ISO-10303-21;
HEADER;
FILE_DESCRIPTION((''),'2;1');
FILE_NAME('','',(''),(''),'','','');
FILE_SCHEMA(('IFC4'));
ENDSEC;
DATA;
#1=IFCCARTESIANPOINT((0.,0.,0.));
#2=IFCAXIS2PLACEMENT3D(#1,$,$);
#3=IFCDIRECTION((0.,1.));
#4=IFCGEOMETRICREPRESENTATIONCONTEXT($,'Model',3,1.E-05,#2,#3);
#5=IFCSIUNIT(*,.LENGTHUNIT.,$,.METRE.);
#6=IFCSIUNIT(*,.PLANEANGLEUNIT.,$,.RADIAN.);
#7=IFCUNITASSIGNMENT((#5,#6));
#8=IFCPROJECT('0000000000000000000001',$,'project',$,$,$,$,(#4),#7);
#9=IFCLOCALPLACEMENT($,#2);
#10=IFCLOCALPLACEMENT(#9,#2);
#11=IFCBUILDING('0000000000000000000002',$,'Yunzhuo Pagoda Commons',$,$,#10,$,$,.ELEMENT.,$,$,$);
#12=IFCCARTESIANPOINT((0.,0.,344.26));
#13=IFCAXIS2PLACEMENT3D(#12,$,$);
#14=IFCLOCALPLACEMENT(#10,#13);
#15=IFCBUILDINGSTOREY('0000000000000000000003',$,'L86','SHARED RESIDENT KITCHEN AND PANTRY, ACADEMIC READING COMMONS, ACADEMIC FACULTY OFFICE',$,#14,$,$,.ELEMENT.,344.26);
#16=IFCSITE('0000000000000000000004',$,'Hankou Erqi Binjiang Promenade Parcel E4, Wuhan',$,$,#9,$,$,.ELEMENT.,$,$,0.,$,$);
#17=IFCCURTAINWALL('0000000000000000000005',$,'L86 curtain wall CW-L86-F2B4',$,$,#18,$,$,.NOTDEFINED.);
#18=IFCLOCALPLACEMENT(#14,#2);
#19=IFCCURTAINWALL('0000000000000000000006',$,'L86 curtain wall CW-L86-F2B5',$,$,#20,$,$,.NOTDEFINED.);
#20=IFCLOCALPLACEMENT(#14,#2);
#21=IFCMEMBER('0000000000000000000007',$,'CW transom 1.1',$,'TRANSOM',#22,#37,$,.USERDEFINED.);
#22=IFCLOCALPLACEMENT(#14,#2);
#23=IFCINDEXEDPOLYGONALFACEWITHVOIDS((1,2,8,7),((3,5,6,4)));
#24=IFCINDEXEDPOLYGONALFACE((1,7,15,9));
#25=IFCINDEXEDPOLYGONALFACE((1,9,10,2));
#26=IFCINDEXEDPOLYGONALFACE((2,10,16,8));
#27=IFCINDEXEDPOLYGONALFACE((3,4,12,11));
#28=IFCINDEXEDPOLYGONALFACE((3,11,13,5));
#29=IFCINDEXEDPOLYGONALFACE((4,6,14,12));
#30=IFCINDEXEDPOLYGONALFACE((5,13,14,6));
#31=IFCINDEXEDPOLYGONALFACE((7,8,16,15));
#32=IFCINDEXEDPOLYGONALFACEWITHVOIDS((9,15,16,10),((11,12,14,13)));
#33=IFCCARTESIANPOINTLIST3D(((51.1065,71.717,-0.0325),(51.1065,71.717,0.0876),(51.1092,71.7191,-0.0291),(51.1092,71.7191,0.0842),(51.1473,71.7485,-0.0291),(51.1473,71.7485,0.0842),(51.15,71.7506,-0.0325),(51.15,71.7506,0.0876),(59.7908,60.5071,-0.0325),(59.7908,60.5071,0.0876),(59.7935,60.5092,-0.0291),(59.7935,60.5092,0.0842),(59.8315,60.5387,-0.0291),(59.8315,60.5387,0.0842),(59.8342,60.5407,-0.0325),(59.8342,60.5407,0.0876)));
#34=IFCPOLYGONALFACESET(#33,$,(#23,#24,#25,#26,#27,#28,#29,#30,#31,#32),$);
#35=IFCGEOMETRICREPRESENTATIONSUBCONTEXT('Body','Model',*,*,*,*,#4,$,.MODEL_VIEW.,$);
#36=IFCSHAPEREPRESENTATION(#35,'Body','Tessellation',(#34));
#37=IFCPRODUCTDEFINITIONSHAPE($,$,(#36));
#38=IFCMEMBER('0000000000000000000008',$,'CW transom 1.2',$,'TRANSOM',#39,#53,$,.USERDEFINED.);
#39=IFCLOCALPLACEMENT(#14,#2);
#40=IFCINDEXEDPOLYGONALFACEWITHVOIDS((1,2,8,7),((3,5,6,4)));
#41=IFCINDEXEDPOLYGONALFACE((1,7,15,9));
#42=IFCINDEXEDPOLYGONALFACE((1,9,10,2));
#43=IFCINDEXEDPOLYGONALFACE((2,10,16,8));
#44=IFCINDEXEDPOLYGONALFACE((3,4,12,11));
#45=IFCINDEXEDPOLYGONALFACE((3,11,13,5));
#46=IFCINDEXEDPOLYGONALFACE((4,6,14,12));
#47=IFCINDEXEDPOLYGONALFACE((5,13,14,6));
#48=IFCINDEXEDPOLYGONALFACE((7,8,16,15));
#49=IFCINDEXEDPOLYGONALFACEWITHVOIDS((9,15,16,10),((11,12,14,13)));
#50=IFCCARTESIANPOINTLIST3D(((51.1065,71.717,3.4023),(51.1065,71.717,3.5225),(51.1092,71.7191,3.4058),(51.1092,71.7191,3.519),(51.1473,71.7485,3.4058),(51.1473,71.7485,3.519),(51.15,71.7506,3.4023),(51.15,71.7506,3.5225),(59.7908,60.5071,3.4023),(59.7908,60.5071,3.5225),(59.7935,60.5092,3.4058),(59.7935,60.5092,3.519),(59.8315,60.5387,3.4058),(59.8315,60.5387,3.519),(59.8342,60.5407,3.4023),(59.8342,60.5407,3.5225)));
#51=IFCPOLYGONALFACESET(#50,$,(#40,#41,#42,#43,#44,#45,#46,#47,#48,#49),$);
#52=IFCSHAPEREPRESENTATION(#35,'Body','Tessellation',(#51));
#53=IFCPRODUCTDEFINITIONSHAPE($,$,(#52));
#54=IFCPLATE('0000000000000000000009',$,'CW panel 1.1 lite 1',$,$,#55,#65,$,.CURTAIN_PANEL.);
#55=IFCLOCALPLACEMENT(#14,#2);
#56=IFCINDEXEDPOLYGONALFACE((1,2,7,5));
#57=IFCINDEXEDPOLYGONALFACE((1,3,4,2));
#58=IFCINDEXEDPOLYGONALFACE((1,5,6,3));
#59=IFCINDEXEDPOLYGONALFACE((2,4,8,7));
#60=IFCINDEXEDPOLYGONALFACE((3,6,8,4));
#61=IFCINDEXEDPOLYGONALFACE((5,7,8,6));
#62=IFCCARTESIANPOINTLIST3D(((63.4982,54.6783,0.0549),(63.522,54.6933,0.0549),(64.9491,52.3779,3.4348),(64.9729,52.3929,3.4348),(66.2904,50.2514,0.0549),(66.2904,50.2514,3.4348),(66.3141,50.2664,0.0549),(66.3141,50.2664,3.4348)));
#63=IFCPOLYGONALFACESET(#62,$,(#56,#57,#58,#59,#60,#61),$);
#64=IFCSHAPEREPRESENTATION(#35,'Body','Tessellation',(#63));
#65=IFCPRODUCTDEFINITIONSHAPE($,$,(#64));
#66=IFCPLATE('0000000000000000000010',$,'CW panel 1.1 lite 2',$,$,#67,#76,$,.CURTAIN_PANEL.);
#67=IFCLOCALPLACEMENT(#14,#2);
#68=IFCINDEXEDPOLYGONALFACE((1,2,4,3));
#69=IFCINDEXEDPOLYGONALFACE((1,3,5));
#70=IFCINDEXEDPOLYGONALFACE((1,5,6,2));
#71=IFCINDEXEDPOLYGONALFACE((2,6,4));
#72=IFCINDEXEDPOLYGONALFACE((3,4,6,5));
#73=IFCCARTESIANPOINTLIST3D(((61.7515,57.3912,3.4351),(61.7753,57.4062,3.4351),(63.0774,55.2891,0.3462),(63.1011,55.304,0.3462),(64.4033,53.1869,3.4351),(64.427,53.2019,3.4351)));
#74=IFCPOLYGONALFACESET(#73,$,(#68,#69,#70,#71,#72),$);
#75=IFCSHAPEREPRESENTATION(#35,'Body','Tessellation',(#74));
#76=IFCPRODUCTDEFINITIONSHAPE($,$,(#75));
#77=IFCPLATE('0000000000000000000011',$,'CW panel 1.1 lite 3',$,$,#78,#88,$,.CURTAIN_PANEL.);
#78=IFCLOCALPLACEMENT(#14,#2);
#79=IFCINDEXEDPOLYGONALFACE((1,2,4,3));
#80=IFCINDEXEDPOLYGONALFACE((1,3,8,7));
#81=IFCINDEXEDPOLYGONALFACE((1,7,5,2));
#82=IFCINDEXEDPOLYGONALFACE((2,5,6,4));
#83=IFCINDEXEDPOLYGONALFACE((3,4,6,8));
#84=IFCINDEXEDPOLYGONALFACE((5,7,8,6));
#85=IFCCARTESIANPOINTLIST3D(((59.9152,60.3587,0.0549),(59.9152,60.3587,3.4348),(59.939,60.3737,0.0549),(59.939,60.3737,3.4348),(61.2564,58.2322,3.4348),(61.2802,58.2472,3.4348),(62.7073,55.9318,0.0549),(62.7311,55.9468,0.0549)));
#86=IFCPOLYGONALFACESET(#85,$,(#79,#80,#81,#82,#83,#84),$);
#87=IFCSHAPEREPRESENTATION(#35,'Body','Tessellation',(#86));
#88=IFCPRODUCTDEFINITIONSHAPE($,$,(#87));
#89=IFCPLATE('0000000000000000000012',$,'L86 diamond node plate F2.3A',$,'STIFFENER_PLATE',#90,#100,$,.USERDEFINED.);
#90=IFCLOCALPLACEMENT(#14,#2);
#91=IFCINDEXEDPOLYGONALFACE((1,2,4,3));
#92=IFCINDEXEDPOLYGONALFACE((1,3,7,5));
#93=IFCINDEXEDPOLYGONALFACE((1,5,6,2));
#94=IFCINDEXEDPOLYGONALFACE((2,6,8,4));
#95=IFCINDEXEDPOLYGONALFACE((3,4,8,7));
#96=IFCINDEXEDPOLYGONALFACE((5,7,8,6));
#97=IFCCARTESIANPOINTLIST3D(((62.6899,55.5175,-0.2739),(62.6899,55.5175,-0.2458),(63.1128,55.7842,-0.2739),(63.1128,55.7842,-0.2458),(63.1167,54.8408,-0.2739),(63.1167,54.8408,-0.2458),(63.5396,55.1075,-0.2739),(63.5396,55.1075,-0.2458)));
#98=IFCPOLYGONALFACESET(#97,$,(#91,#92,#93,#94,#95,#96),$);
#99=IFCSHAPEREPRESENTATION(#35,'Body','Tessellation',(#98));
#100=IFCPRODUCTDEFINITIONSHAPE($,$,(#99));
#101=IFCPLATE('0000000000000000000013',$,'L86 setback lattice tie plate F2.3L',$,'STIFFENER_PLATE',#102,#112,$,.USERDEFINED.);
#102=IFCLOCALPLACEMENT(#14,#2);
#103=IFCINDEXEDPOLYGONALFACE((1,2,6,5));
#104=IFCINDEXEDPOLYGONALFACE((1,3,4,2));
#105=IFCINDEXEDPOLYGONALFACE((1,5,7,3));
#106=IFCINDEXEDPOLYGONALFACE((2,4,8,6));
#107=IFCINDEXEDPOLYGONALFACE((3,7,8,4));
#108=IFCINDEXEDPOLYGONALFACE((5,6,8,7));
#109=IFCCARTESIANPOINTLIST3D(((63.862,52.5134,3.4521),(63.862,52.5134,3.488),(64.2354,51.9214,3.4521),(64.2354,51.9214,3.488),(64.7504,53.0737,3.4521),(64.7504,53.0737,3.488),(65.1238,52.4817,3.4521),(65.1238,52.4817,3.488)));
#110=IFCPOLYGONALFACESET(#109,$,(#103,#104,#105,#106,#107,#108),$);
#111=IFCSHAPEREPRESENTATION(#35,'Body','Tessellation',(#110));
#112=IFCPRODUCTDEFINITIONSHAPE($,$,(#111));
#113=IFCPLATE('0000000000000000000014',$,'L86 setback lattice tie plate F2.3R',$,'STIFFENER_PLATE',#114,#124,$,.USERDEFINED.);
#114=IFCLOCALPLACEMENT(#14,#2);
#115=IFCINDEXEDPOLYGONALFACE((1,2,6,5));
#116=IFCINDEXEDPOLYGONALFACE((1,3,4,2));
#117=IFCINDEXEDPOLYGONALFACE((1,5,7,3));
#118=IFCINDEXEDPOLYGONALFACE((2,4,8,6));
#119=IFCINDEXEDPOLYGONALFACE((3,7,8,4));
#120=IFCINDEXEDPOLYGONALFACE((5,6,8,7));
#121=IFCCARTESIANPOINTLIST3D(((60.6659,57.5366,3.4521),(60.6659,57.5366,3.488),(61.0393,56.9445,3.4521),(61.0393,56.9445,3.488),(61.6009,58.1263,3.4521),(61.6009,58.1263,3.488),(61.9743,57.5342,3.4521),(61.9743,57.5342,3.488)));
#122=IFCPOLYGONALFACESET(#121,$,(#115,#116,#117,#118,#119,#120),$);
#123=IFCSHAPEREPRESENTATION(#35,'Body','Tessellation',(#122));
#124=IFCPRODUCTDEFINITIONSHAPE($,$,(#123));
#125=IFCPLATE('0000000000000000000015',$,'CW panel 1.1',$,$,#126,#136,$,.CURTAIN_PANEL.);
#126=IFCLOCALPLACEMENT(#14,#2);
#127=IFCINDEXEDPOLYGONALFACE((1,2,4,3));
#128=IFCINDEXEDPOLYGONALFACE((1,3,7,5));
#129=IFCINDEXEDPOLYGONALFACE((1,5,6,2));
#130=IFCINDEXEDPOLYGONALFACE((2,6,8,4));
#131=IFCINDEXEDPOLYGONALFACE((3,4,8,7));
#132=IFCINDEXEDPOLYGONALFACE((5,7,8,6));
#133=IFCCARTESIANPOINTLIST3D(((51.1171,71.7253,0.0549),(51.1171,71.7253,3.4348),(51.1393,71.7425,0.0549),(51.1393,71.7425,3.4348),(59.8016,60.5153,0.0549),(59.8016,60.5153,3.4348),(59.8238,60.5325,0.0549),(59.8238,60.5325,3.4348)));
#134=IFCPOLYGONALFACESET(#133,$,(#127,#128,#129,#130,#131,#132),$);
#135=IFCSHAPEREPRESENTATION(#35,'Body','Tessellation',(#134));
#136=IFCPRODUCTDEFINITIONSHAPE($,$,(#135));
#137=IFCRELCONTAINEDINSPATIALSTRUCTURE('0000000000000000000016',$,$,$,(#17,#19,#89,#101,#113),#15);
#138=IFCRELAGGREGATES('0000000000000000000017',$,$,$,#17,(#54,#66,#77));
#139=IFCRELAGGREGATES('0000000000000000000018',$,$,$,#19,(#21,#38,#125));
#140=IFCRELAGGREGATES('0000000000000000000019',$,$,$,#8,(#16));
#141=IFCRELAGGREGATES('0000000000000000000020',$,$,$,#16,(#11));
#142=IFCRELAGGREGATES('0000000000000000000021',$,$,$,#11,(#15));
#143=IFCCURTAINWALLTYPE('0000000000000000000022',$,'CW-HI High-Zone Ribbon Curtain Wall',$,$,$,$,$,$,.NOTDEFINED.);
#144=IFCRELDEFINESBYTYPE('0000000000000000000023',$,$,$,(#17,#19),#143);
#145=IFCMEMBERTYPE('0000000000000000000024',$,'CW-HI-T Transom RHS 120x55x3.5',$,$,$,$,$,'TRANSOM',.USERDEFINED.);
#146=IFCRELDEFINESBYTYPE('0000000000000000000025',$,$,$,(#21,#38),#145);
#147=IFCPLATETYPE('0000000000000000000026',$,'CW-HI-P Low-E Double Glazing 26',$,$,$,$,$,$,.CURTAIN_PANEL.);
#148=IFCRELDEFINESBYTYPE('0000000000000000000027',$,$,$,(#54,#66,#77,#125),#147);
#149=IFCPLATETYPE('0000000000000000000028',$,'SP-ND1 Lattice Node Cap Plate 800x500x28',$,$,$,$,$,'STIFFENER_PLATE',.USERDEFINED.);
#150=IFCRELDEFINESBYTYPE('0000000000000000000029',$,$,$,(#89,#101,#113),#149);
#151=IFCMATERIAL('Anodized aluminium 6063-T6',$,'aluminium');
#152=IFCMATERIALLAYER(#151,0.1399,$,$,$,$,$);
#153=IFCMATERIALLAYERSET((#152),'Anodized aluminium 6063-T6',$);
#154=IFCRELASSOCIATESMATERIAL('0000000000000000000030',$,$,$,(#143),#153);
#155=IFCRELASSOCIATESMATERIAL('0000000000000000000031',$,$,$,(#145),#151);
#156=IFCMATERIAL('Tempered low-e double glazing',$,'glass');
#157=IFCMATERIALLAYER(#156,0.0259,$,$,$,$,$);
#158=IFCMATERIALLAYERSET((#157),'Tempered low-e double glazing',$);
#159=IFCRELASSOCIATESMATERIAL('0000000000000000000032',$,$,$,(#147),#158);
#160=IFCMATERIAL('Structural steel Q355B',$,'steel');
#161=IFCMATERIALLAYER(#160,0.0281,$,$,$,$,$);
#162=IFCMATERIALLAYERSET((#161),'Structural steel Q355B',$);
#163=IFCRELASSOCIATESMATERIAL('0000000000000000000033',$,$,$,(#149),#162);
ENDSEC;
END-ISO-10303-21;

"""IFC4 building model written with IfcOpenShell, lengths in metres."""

from ifc_helpers import new_model, si_unit, direction, frame, origin, origin_2d, place, context, subcontext, project, spatial, polyline, rectangle, hollow_rectangle, outline, extrude, source, transform, mapped, material, layer, layer_set, material_profile, profile_set, type_object, element, aggregate, save


model = new_model("IFC4")

# Units and contexts
model_context = context("Model", 3, precision=1e-05, world=origin(), true_north=direction((0.0, 1.0)))
body_context = subcontext(model_context, "Body", "Model", "MODEL_VIEW")
ifc_project = project(units=[si_unit("LENGTHUNIT", "METRE"), si_unit("PLANEANGLEUNIT", "RADIAN")], contexts=[model_context])

# Site, building, storey
site_placement = place(None, origin())
site = spatial("IfcSite", under=ifc_project, at=site_placement, Name="Hankou Erqi Binjiang Promenade Parcel E4, Wuhan", CompositionType="ELEMENT", RefElevation=0.0)
building_placement = place(site_placement, origin())
building = spatial("IfcBuilding", under=site, at=building_placement, Name="Yunzhuo Pagoda Commons", CompositionType="ELEMENT")
storey_placement = place(building_placement, frame((0.0, 0.0, 344.26)))
storey = spatial("IfcBuildingStorey", under=building, at=storey_placement, Name="L86", Description="SHARED RESIDENT KITCHEN AND PANTRY, ACADEMIC READING COMMONS, ACADEMIC FACULTY OFFICE", CompositionType="ELEMENT", Elevation=344.26)

# Shared definitions
ifc_material_1 = material(Name="Structural steel Q355B", Category="steel")

# Curtain wall
ifc_material_2 = material(Name="Anodized aluminium 6063-T6", Category="aluminium")
ifc_layer_1 = layer(ifc_material_2, 0.1399)
ifc_layer_set_1 = layer_set([ifc_layer_1], Name="Anodized aluminium 6063-T6")
curtain_wall_type = type_object("IfcCurtainWallType", Name="CW-HI High-Zone Ribbon Curtain Wall", PredefinedType="NOTDEFINED", material=ifc_layer_set_1)
curtain_wall_1_placement = place(storey_placement, origin())
curtain_wall_1 = element("IfcCurtainWall", 1, at=curtain_wall_1_placement, inside=storey, type_object=curtain_wall_type, Name="L86 curtain wall CW-L86-F2B4", PredefinedType="NOTDEFINED")

# Curtain wall, members
curtain_wall_2_placement = place(storey_placement, origin())
curtain_wall_2 = element("IfcCurtainWall", 2, at=curtain_wall_2_placement, inside=storey, type_object=curtain_wall_type, Name="L86 curtain wall CW-L86-F2B5", PredefinedType="NOTDEFINED")
ifc_material_profile_1 = material_profile(ifc_material_2, hollow_rectangle(XDim=0.0549, YDim=0.1201, WallThickness=0.0034, at=origin_2d()), Name="Anodized aluminium 6063-T6")
ifc_profile_set_1 = profile_set([ifc_material_profile_1], Name="Anodized aluminium 6063-T6")
member_type_1 = type_object("IfcMemberType", Name="CW-HI-T Transom RHS 120x55x3.5", ElementType="TRANSOM", PredefinedType="USERDEFINED", material=ifc_profile_set_1)
shared_shape_1 = source(origin(), body_context, "Body", "SweptSolid", [
    extrude(hollow_rectangle(XDim=0.0549, YDim=0.1201, WallThickness=0.0034, at=origin_2d()), origin(), (0.0, 0.0, 1.0), 14.1802),
])
member_1_placement = place(storey_placement, frame((59.8125, 60.5239, 0.0276), z_axis=(-0.612422, 0.790531, 0.0), x_axis=(-0.790531, -0.612422, 0.0)))
member_1 = element("IfcMember", 3, at=member_1_placement, type_object=member_type_1, Name="CW transom 1.1", ObjectType="TRANSOM", PredefinedType="USERDEFINED", context=body_context, shape_type="MappedRepresentation", body=[
    mapped(shared_shape_1, transform((0.0, 0.0, 0.0), scale=1.0)),
])
member_2_placement = place(storey_placement, frame((59.8125, 60.5239, 3.4624), z_axis=(-0.612422, 0.790531, 0.0), x_axis=(-0.790531, -0.612422, 0.0)))
member_2 = element("IfcMember", 4, at=member_2_placement, type_object=member_type_1, Name="CW transom 1.2", ObjectType="TRANSOM", PredefinedType="USERDEFINED", context=body_context, shape_type="MappedRepresentation", body=[
    mapped(shared_shape_1, transform((0.0, 0.0, 0.0), scale=1.0)),
])

# Plates
ifc_material_3 = material(Name="Tempered low-e double glazing", Category="glass")
ifc_layer_2 = layer(ifc_material_3, 0.0259)
ifc_layer_set_2 = layer_set([ifc_layer_2], Name="Tempered low-e double glazing")
plate_type_1 = type_object("IfcPlateType", Name="CW-HI-P Low-E Double Glazing 26", PredefinedType="CURTAIN_PANEL", material=ifc_layer_set_2)
plate_1_placement = place(storey_placement, frame((64.8943, 52.4648, 1.7449), z_axis=(0.845818, 0.533472, 0.0), x_axis=(-0.533472, 0.845818, 0.0)))
plate_1 = element("IfcPlate", 5, at=plate_1_placement, type_object=plate_type_1, Name="CW panel 1.1 lite 1", PredefinedType="CURTAIN_PANEL", context=body_context, shape_type="SweptSolid", body=[
    extrude(outline(polyline([(-2.6169, -1.6899), (2.6169, -1.6899), (-0.1028, 1.6899), (-2.6169, 1.6899), (-2.6169, -1.6899)])), origin(), (0.0, 0.0, 1.0), 0.0281),
])
plate_2_placement = place(storey_placement, frame((63.0774, 55.2891, 1.8906), z_axis=(0.845818, 0.533472, 0.0), x_axis=(-0.533472, 0.845818, 0.0)))
plate_2 = element("IfcPlate", 6, at=plate_2_placement, type_object=plate_type_1, Name="CW panel 1.1 lite 2", PredefinedType="CURTAIN_PANEL", context=body_context, shape_type="SweptSolid", body=[
    extrude(outline(polyline([(-2.4854, 1.5444), (0.0, -1.5444), (2.4854, 1.5444), (-2.4854, 1.5444)])), origin(), (0.0, 0.0, 1.0), 0.0281),
])
plate_3_placement = place(storey_placement, frame((61.3113, 58.1453, 1.7449), z_axis=(0.845818, 0.533472, 0.0), x_axis=(-0.533472, 0.845818, 0.0)))
plate_3 = element("IfcPlate", 7, at=plate_3_placement, type_object=plate_type_1, Name="CW panel 1.1 lite 3", PredefinedType="CURTAIN_PANEL", context=body_context, shape_type="SweptSolid", body=[
    extrude(outline(polyline([(-2.6169, -1.6899), (2.6169, -1.6899), (2.6169, 1.6899), (0.1028, 1.6899), (-2.6169, -1.6899)])), origin(), (0.0, 0.0, 1.0), 0.0281),
])
aggregate(curtain_wall_1, [plate_1, plate_2, plate_3])

# Plates
ifc_layer_3 = layer(ifc_material_1, 0.0281)
ifc_layer_set_3 = layer_set([ifc_layer_3], Name="Structural steel Q355B")
plate_type_2 = type_object("IfcPlateType", Name="SP-ND1 Lattice Node Cap Plate 800x500x28", ElementType="STIFFENER_PLATE", PredefinedType="USERDEFINED", material=ifc_layer_set_3)
shared_shape_2 = source(origin(), body_context, "Body", "SweptSolid", [
    extrude(rectangle(XDim=0.8, YDim=0.5, at=origin_2d()), origin(), (0.0, 0.0, 1.0), 0.0281),
])
plate_4_placement = place(storey_placement, frame((63.1147, 55.3125, -0.2739), z_axis=(0.0, 0.0, 1.0), x_axis=(-0.533467, 0.845821, 0.0)))
element("IfcPlate", 8, at=plate_4_placement, inside=storey, type_object=plate_type_2, Name="L86 diamond node plate F2.3A", ObjectType="STIFFENER_PLATE", PredefinedType="USERDEFINED", context=body_context, shape_type="MappedRepresentation", body=[
    mapped(shared_shape_2, transform((0.0, 0.0, 0.0), scale=1.0)),
])
shared_shape_3 = source(origin(), body_context, "Body", "SweptSolid", [
    extrude(rectangle(XDim=0.7, YDim=1.0503, at=origin_2d()), origin(), (0.0, 0.0, 1.0), 0.0359),
])
plate_5_placement = place(storey_placement, frame((64.4929, 52.4976, 3.4521), z_axis=(0.0, 0.0, 1.0), x_axis=(-0.533467, 0.845821, 0.0)))
element("IfcPlate", 9, at=plate_5_placement, inside=storey, type_object=plate_type_2, Name="L86 setback lattice tie plate F2.3L", ObjectType="STIFFENER_PLATE", PredefinedType="USERDEFINED", context=body_context, shape_type="MappedRepresentation", body=[
    mapped(shared_shape_3, transform((0.0, 0.0, 0.0), scale=1.0)),
])
shared_shape_4 = source(origin(), body_context, "Body", "SweptSolid", [
    extrude(rectangle(XDim=0.7, YDim=1.1055, at=origin_2d()), origin(), (0.0, 0.0, 1.0), 0.0359),
])
plate_6_placement = place(storey_placement, frame((61.3201, 57.5354, 3.4521), z_axis=(0.0, 0.0, 1.0), x_axis=(-0.533467, 0.845821, 0.0)))
element("IfcPlate", 10, at=plate_6_placement, inside=storey, type_object=plate_type_2, Name="L86 setback lattice tie plate F2.3R", ObjectType="STIFFENER_PLATE", PredefinedType="USERDEFINED", context=body_context, shape_type="MappedRepresentation", body=[
    mapped(shared_shape_4, transform((0.0, 0.0, 0.0), scale=1.0)),
])

# Plate
shared_shape_5 = source(origin(), body_context, "Body", "SweptSolid", [
    extrude(rectangle(XDim=14.1804, YDim=0.0281, at=origin_2d()), origin(), (0.0, 0.0, 1.0), 3.3799),
])
plate_7_placement = place(storey_placement, frame((55.4705, 66.1289, 0.0549), z_axis=(0.0, 0.0, 1.0), x_axis=(-0.612427, 0.790527, 0.0)))
plate_7 = element("IfcPlate", 11, at=plate_7_placement, type_object=plate_type_1, Name="CW panel 1.1", PredefinedType="CURTAIN_PANEL", context=body_context, shape_type="MappedRepresentation", body=[
    mapped(shared_shape_5, transform((0.0, 0.0, 0.0), scale=1.0)),
])
aggregate(curtain_wall_2, [member_1, member_2, plate_7])

save(model, "model.ifc")
